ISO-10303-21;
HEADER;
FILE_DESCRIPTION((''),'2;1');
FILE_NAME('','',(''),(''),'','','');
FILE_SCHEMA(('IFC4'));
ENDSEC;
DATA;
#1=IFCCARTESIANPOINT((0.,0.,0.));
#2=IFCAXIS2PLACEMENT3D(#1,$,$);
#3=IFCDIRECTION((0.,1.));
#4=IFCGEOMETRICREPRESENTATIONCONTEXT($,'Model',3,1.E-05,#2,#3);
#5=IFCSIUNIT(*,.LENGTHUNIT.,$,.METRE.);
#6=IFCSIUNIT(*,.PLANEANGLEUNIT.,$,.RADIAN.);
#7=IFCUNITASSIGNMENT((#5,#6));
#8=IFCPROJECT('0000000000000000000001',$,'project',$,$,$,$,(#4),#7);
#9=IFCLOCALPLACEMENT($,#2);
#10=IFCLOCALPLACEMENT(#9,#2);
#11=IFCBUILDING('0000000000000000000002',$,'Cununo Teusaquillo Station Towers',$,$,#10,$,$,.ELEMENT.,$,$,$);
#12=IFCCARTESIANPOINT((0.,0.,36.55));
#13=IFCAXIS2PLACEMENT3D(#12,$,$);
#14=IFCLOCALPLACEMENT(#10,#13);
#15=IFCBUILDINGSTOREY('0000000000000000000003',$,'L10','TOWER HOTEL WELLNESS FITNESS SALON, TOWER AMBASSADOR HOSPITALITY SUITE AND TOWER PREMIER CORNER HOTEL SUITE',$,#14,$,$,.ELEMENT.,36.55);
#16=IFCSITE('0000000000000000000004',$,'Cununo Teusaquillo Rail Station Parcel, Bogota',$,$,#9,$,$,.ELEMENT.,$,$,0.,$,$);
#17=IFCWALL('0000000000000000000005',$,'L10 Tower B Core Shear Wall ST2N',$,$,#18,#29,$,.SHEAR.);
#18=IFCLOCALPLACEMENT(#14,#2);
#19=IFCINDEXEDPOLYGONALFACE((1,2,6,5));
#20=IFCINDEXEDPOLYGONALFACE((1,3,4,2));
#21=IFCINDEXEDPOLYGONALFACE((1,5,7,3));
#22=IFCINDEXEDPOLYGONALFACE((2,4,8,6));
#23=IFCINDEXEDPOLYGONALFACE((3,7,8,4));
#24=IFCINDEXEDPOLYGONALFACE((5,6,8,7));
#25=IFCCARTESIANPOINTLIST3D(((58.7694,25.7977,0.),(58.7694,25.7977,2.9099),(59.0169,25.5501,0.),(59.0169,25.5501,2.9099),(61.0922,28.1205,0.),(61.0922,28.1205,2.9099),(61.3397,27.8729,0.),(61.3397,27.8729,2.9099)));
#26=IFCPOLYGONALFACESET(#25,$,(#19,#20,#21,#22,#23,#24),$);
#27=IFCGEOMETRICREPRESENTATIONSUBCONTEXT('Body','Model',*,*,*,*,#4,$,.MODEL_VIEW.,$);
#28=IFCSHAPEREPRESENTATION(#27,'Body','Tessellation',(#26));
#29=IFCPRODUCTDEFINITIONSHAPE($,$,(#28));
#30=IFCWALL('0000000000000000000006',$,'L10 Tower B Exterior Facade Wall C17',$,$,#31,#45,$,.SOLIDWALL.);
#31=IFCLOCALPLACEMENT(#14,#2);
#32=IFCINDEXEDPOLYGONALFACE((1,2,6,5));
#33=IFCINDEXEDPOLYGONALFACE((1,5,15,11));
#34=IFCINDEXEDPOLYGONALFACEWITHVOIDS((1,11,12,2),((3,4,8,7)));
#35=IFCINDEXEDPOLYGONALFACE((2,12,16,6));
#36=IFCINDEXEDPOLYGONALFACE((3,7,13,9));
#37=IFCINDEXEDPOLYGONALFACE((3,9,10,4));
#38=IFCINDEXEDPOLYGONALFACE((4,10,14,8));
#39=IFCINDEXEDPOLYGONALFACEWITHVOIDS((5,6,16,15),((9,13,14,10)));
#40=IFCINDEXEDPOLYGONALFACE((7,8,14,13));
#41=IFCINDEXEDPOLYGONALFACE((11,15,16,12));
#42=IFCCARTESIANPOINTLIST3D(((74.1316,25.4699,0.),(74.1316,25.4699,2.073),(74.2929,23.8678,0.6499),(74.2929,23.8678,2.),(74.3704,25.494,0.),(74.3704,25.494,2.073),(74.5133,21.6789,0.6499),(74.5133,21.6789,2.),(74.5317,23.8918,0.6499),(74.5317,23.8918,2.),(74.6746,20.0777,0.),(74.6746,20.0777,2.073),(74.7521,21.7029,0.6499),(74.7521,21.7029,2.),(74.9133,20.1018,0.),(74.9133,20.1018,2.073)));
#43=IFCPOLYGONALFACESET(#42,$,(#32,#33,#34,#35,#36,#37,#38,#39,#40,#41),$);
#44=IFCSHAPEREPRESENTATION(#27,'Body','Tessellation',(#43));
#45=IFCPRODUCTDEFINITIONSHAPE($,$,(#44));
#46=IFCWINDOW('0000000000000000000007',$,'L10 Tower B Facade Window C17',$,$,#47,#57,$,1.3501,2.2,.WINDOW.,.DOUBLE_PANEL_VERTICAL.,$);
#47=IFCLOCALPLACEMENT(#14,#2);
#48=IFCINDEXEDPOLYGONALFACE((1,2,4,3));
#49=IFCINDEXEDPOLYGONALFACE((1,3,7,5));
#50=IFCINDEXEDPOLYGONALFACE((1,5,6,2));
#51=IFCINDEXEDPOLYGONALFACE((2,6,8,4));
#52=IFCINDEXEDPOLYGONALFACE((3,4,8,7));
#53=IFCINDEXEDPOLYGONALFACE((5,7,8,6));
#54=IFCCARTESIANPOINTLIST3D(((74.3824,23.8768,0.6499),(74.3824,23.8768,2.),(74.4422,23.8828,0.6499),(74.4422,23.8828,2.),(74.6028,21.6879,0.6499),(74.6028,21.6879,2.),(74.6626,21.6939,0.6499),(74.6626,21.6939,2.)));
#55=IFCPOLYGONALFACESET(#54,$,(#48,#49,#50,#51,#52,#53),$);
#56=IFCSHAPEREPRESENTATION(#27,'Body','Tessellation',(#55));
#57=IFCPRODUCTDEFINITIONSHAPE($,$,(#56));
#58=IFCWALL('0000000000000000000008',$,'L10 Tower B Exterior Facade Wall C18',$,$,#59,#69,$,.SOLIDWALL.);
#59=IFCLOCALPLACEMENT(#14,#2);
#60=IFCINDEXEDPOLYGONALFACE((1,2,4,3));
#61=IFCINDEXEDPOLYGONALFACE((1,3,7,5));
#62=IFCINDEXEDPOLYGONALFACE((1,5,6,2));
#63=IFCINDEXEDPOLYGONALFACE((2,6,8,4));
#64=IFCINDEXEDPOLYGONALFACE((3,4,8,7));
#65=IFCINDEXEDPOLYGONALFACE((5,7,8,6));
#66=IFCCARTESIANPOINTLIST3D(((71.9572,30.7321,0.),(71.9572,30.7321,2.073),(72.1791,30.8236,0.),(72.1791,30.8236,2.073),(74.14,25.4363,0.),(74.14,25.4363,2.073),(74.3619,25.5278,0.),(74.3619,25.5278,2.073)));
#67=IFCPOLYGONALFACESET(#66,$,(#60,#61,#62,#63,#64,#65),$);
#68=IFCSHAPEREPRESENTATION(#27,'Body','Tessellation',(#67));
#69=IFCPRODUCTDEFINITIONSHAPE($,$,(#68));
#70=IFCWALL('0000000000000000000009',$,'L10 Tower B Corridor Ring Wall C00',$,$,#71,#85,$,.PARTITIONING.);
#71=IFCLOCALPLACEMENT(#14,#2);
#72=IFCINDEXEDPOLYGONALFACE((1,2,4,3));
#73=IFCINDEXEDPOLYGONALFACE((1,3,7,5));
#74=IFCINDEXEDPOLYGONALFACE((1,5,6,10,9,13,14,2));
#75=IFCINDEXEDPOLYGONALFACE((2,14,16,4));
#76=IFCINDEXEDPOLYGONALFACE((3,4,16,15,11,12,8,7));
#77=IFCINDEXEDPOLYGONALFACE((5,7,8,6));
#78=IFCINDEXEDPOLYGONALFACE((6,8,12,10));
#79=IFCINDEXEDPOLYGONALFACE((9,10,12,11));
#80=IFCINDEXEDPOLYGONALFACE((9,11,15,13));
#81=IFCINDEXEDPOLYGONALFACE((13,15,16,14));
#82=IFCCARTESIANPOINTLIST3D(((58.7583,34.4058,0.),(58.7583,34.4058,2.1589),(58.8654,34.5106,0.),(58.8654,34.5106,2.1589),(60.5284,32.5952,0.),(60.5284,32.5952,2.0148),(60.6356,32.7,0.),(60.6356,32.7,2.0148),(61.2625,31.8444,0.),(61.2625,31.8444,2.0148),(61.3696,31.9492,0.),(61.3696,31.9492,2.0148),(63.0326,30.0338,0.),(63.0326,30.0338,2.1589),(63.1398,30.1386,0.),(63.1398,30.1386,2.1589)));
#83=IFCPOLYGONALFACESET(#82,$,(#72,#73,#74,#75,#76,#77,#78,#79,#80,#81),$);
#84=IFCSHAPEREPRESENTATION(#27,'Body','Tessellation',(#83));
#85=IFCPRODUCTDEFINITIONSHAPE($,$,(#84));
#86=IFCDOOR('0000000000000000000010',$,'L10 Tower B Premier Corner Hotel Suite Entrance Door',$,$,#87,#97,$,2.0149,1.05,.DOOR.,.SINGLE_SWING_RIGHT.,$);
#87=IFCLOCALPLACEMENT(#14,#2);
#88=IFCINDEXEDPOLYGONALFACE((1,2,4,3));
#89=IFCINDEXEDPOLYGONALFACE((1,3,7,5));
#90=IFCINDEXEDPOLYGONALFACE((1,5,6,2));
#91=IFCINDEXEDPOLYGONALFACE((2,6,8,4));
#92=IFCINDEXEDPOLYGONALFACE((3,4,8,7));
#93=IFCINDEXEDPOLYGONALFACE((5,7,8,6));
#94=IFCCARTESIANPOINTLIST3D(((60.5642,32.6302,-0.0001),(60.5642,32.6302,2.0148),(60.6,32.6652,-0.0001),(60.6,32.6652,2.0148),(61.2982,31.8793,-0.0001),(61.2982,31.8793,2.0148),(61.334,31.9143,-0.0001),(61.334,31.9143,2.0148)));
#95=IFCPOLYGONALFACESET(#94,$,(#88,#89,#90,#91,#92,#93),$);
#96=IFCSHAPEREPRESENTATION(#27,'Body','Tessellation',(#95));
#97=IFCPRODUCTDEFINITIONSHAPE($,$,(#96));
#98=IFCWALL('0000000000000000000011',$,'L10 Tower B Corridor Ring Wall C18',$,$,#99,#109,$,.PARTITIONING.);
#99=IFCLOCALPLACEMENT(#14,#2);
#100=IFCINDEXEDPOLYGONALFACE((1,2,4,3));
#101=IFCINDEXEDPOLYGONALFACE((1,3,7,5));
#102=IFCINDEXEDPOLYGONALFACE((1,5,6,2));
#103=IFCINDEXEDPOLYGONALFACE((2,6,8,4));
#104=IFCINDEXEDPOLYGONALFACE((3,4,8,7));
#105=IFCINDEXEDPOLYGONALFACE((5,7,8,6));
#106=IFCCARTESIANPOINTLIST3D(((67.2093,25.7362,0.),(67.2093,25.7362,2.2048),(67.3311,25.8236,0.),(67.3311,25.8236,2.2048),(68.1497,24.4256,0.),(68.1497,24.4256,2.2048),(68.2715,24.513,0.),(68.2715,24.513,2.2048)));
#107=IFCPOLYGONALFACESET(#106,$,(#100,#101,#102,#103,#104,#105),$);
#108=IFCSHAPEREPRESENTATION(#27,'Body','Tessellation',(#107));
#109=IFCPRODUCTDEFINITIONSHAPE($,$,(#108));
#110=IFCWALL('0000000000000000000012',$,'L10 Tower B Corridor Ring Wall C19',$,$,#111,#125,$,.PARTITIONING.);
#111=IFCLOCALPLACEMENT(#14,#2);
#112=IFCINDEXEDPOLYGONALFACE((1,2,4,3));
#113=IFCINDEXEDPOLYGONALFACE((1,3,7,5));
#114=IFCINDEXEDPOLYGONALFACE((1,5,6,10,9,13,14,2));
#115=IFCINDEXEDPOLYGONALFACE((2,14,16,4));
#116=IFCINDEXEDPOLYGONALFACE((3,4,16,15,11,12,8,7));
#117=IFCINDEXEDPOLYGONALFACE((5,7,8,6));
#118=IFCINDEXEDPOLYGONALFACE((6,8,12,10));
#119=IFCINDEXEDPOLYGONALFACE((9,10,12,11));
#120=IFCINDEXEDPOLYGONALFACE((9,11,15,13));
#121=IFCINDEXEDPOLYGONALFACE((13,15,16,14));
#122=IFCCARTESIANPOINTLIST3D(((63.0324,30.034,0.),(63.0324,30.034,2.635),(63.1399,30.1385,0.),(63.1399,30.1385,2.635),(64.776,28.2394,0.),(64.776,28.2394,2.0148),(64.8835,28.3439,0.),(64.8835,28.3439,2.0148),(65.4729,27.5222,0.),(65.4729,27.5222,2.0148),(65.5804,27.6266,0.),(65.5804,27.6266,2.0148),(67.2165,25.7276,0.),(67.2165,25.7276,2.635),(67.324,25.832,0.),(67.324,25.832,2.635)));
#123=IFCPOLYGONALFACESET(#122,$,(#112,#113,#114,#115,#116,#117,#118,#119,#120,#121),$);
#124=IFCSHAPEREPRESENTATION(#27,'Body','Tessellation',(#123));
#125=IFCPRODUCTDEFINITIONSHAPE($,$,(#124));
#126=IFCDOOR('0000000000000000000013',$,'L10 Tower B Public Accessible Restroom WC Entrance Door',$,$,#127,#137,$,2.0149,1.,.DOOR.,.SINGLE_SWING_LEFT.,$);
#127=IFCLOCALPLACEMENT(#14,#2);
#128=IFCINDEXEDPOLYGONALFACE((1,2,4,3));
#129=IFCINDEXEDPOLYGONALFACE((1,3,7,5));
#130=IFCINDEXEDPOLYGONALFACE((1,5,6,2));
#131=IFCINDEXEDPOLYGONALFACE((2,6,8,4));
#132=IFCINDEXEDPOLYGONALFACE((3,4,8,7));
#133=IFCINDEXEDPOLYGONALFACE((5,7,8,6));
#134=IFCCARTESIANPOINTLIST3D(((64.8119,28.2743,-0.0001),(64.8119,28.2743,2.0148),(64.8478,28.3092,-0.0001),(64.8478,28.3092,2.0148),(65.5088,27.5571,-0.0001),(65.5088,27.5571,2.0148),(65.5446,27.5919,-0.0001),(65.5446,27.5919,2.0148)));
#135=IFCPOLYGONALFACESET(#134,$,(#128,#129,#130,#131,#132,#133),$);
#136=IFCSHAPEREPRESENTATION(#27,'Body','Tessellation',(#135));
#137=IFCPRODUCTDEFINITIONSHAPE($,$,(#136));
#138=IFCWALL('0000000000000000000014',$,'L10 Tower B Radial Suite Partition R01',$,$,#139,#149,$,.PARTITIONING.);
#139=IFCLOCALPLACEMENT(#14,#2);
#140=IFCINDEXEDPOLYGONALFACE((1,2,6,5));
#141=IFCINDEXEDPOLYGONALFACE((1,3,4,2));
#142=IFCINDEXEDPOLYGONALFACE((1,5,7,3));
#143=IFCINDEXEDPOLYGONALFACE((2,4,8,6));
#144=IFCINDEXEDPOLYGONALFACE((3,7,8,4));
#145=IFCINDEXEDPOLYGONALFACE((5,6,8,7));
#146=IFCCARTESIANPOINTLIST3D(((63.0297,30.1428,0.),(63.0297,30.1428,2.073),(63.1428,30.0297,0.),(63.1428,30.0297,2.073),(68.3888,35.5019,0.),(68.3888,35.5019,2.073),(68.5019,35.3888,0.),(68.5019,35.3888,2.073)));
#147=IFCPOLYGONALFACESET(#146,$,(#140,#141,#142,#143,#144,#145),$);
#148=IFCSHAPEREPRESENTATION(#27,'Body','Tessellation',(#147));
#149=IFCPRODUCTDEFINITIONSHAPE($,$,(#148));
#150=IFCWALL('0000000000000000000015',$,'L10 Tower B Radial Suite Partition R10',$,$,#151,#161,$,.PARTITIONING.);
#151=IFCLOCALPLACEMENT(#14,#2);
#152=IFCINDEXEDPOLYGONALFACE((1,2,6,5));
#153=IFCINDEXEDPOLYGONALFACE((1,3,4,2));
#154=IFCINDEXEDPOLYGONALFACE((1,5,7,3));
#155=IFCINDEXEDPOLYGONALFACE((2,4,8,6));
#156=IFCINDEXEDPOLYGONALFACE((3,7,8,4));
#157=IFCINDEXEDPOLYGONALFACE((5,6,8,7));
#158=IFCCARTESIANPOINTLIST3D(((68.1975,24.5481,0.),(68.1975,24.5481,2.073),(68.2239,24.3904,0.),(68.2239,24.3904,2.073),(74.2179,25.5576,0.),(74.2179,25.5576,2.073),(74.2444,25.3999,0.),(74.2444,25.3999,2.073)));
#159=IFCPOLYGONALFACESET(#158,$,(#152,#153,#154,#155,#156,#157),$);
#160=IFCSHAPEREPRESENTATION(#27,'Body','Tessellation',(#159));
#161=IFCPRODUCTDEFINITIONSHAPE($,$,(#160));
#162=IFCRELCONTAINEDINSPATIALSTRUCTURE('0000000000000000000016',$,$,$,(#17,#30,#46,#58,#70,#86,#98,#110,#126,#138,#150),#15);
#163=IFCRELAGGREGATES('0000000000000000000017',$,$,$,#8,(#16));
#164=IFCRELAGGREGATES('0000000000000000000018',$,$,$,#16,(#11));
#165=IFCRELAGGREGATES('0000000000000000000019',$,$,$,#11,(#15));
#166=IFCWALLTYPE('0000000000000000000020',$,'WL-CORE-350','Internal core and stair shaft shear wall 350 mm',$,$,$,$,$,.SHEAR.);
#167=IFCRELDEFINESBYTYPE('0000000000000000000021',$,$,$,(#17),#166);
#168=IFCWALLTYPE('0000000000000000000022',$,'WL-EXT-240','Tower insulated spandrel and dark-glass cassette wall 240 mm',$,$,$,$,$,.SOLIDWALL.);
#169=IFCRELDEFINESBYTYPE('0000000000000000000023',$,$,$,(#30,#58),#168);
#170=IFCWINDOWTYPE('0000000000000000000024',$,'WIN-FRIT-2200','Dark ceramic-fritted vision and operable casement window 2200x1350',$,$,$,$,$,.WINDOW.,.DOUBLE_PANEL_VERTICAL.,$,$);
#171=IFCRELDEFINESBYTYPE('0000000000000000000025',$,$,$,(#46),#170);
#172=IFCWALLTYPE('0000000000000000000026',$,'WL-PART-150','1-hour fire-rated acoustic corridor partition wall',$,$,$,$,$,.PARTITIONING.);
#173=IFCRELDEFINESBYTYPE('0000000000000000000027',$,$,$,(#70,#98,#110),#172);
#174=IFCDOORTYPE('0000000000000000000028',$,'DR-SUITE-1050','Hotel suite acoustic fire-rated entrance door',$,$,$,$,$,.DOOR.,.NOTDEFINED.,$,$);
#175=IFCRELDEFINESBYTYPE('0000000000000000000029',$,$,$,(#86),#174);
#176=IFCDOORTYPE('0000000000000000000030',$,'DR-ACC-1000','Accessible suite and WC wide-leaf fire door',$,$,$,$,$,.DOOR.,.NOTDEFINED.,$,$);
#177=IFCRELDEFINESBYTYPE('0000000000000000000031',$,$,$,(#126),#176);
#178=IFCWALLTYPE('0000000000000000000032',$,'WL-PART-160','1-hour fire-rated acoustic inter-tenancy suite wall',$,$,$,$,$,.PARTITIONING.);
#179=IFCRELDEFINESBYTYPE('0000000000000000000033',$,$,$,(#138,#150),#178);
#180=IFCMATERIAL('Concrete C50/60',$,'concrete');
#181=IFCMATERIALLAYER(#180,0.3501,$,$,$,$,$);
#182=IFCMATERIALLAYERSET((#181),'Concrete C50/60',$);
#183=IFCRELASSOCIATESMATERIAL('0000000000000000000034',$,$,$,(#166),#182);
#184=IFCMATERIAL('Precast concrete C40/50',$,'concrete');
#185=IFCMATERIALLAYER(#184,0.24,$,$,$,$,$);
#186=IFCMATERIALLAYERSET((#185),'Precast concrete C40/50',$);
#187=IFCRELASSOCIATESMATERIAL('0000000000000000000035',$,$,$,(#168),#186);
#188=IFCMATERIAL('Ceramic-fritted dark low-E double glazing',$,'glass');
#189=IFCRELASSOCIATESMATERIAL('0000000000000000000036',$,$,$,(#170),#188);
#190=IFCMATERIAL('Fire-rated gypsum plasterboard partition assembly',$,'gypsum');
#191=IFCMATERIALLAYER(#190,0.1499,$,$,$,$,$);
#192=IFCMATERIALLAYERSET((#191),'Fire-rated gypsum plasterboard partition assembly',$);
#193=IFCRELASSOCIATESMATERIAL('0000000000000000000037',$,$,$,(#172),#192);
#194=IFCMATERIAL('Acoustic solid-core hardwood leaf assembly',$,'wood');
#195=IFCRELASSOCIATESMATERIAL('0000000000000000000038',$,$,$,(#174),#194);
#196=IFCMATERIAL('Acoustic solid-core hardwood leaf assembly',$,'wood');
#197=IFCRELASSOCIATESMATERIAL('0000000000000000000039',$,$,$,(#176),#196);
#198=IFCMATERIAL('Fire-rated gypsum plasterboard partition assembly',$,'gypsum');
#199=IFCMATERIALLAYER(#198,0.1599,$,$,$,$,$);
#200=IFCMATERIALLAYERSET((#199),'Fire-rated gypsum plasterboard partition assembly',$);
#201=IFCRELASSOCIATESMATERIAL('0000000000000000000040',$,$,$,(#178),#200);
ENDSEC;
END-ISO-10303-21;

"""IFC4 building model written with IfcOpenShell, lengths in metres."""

from ifc_helpers import new_model, si_unit, direction, frame, frame_2d, origin, place, context, subcontext, project, spatial, rectangle, extrude, source, transform, mapped, material, layer, layer_set, type_object, element, fill, save


model = new_model("IFC4")

# Units and contexts
model_context = context("Model", 3, precision=1e-05, world=origin(), true_north=direction((0.0, 1.0)))
body_context = subcontext(model_context, "Body", "Model", "MODEL_VIEW")
ifc_project = project(units=[si_unit("LENGTHUNIT", "METRE"), si_unit("PLANEANGLEUNIT", "RADIAN")], contexts=[model_context])

# Site, building, storey
site_placement = place(None, origin())
site = spatial("IfcSite", under=ifc_project, at=site_placement, Name="Cununo Teusaquillo Rail Station Parcel, Bogota", CompositionType="ELEMENT", RefElevation=0.0)
building_placement = place(site_placement, origin())
building = spatial("IfcBuilding", under=site, at=building_placement, Name="Cununo Teusaquillo Station Towers", CompositionType="ELEMENT")
storey_placement = place(building_placement, frame((0.0, 0.0, 36.55)))
storey = spatial("IfcBuildingStorey", under=building, at=storey_placement, Name="L10", Description="TOWER HOTEL WELLNESS FITNESS SALON, TOWER AMBASSADOR HOSPITALITY SUITE AND TOWER PREMIER CORNER HOTEL SUITE", CompositionType="ELEMENT", Elevation=36.55)

# Wall
ifc_material_1 = material(Name="Concrete C50/60", Category="concrete")
ifc_layer_1 = layer(ifc_material_1, 0.3501)
ifc_layer_set_1 = layer_set([ifc_layer_1], Name="Concrete C50/60")
wall_type_1 = type_object("IfcWallType", Name="WL-CORE-350", Description="Internal core and stair shaft shear wall 350 mm", PredefinedType="SHEAR", material=ifc_layer_set_1)
wall_1_placement = place(storey_placement, frame((58.8931, 25.6738, 0.0), z_axis=(0.0, 0.0, 1.0), x_axis=(0.707107, 0.707107, 0.0)))
element("IfcWall", 1, at=wall_1_placement, inside=storey, type_object=wall_type_1, Name="L10 Tower B Core Shear Wall ST2N", PredefinedType="SHEAR", context=body_context, shape_type="SweptSolid", body=[
    extrude(rectangle(XDim=3.2849, YDim=0.3501, at=frame_2d((1.6426, 0.0))), origin(), (0.0, 0.0, 1.0), 2.9099),
])

# Wall, opening, window
ifc_material_2 = material(Name="Precast concrete C40/50", Category="concrete")
ifc_layer_2 = layer(ifc_material_2, 0.24)
ifc_layer_set_2 = layer_set([ifc_layer_2], Name="Precast concrete C40/50")
wall_type_2 = type_object("IfcWallType", Name="WL-EXT-240", Description="Tower insulated spandrel and dark-glass cassette wall 240 mm", PredefinedType="SOLIDWALL", material=ifc_layer_set_2)
wall_2_placement = place(storey_placement, frame((74.251, 25.4819, 0.0), z_axis=(0.0, 0.0, 1.0), x_axis=(0.100191, -0.994968, 0.0)))
wall_2 = element("IfcWall", 2, at=wall_2_placement, inside=storey, type_object=wall_type_2, Name="L10 Tower B Exterior Facade Wall C17", PredefinedType="SOLIDWALL", context=body_context, shape_type="SweptSolid", body=[
    extrude(rectangle(XDim=5.4194, YDim=0.24, at=frame_2d((2.7097, 0.0))), origin(), (0.0, 0.0, 1.0), 2.073),
])
shared_shape_1 = source(origin(), body_context, "Body", "SweptSolid", [
    extrude(rectangle(XDim=2.2, YDim=1.3501, at=frame_2d((1.1001, 0.675))), frame((0.0, 0.1299, 0.0), z_axis=(0.0, -1.0, 0.0), x_axis=(1.0, 0.0, 0.0)), (0.0, 0.0, 1.0), 0.26),
])
opening_1_placement = place(wall_2_placement, frame((1.6101, 0.0, 0.6499)))
opening_1 = element("IfcOpeningElement", 3, at=opening_1_placement, cuts=wall_2, PredefinedType="OPENING", context=body_context, shape_type="MappedRepresentation", body=[
    mapped(shared_shape_1, transform((0.0, 0.0, 0.0), x_axis=(1.0, 0.0, 0.0), y_axis=(0.0, 1.0, 0.0), z_axis=(0.0, 0.0, 1.0), scale=1.0)),
])
ifc_material_3 = material(Name="Ceramic-fritted dark low-E double glazing", Category="glass")
window_type = type_object("IfcWindowType", Name="WIN-FRIT-2200", Description="Dark ceramic-fritted vision and operable casement window 2200x1350", PartitioningType="DOUBLE_PANEL_VERTICAL", PredefinedType="WINDOW", material=ifc_material_3)
shared_shape_2 = source(origin(), body_context, "Body", "SweptSolid", [
    extrude(rectangle(XDim=2.2, YDim=1.3501, at=frame_2d((1.1001, 0.675))), frame((0.0, 0.03, 0.0), z_axis=(0.0, -1.0, 0.0), x_axis=(1.0, 0.0, 0.0)), (0.0, 0.0, 1.0), 0.0601),
])
window_placement = place(opening_1_placement, origin())
window = element("IfcWindow", 4, at=window_placement, inside=storey, type_object=window_type, Name="L10 Tower B Facade Window C17", OverallHeight=1.3501, OverallWidth=2.2, PartitioningType="DOUBLE_PANEL_VERTICAL", PredefinedType="WINDOW", context=body_context, shape_type="MappedRepresentation", body=[
    mapped(shared_shape_2, transform((0.0, 0.0, 0.0), x_axis=(1.0, 0.0, 0.0), y_axis=(0.0, 1.0, 0.0), z_axis=(0.0, 0.0, 1.0), scale=1.0)),
])
fill(opening_1, window)

# Wall
wall_3_placement = place(storey_placement, frame((72.0681, 30.7778, 0.0), z_axis=(0.0, 0.0, 1.0), x_axis=(0.381078, -0.924543, 0.0)))
element("IfcWall", 5, at=wall_3_placement, inside=storey, type_object=wall_type_2, Name="L10 Tower B Exterior Facade Wall C18", PredefinedType="SOLIDWALL", context=body_context, shape_type="SweptSolid", body=[
    extrude(rectangle(XDim=5.728, YDim=0.24, at=frame_2d((2.864, 0.0))), origin(), (0.0, 0.0, 1.0), 2.073),
])

# Wall, opening, door
ifc_material_4 = material(Name="Fire-rated gypsum plasterboard partition assembly", Category="gypsum")
ifc_layer_3 = layer(ifc_material_4, 0.1499)
ifc_layer_set_3 = layer_set([ifc_layer_3], Name="Fire-rated gypsum plasterboard partition assembly")
wall_type_3 = type_object("IfcWallType", Name="WL-PART-150", Description="1-hour fire-rated acoustic corridor partition wall", PredefinedType="PARTITIONING", material=ifc_layer_set_3)
wall_4_placement = place(storey_placement, frame((63.0862, 30.0862, 0.0), z_axis=(0.0, 0.0, 1.0), x_axis=(-0.699076, 0.715047, 0.0)))
wall_4 = element("IfcWall", 6, at=wall_4_placement, inside=storey, type_object=wall_type_3, Name="L10 Tower B Corridor Ring Wall C00", PredefinedType="PARTITIONING", context=body_context, shape_type="SweptSolid", body=[
    extrude(rectangle(XDim=6.1143, YDim=0.1499, at=frame_2d((3.0571, 0.0))), origin(), (0.0, 0.0, 1.0), 2.1589),
])
shared_shape_3 = source(origin(), body_context, "Body", "SweptSolid", [
    extrude(rectangle(XDim=1.05, YDim=2.0149, at=frame_2d((0.5249, 1.0073))), frame((0.0, 0.085, 0.0), z_axis=(0.0, -1.0, 0.0), x_axis=(1.0, 0.0, 0.0)), (0.0, 0.0, 1.0), 0.1699),
])
opening_2_placement = place(wall_4_placement, frame((2.5322, 0.0, 0.0)))
opening_2 = element("IfcOpeningElement", 7, at=opening_2_placement, cuts=wall_4, PredefinedType="OPENING", context=body_context, shape_type="MappedRepresentation", body=[
    mapped(shared_shape_3, transform((0.0, 0.0, 0.0), x_axis=(1.0, 0.0, 0.0), y_axis=(0.0, 1.0, 0.0), z_axis=(0.0, 0.0, 1.0), scale=1.0)),
])
ifc_material_5 = material(Name="Acoustic solid-core hardwood leaf assembly", Category="wood")
door_type_1 = type_object("IfcDoorType", Name="DR-SUITE-1050", Description="Hotel suite acoustic fire-rated entrance door", OperationType="NOTDEFINED", PredefinedType="DOOR", material=ifc_material_5)
shared_shape_4 = source(origin(), body_context, "Body", "SweptSolid", [
    extrude(rectangle(XDim=1.05, YDim=2.0149, at=frame_2d((0.5249, 1.0073))), frame((0.0, 0.0249, 0.0), z_axis=(0.0, -1.0, 0.0), x_axis=(1.0, 0.0, 0.0)), (0.0, 0.0, 1.0), 0.05),
])
door_1_placement = place(opening_2_placement, origin())
door_1 = element("IfcDoor", 8, at=door_1_placement, inside=storey, type_object=door_type_1, Name="L10 Tower B Premier Corner Hotel Suite Entrance Door", OperationType="SINGLE_SWING_RIGHT", OverallHeight=2.0149, OverallWidth=1.05, PredefinedType="DOOR", context=body_context, shape_type="MappedRepresentation", body=[
    mapped(shared_shape_4, transform((0.0, 0.0, 0.0), x_axis=(1.0, 0.0, 0.0), y_axis=(0.0, 1.0, 0.0), z_axis=(0.0, 0.0, 1.0), scale=1.0)),
])
fill(opening_2, door_1)

# Wall
wall_5_placement = place(storey_placement, frame((68.2107, 24.4692, 0.0), z_axis=(0.0, 0.0, 1.0), x_axis=(-0.583012, 0.812463, 0.0)))
element("IfcWall", 9, at=wall_5_placement, inside=storey, type_object=wall_type_3, Name="L10 Tower B Corridor Ring Wall C18", PredefinedType="PARTITIONING", context=body_context, shape_type="SweptSolid", body=[
    extrude(rectangle(XDim=1.613, YDim=0.1499, at=frame_2d((0.8066, 0.0))), origin(), (0.0, 0.0, 1.0), 2.2048),
])

# Wall, opening, door
wall_6_placement = place(storey_placement, frame((67.2703, 25.7798, 0.0), z_axis=(0.0, 0.0, 1.0), x_axis=(-0.696848, 0.717219, 0.0)))
wall_6 = element("IfcWall", 10, at=wall_6_placement, inside=storey, type_object=wall_type_3, Name="L10 Tower B Corridor Ring Wall C19", PredefinedType="PARTITIONING", context=body_context, shape_type="SweptSolid", body=[
    extrude(rectangle(XDim=6.0044, YDim=0.1499, at=frame_2d((3.0022, 0.0))), origin(), (0.0, 0.0, 1.0), 2.635),
])
shared_shape_5 = source(origin(), body_context, "Body", "SweptSolid", [
    extrude(rectangle(XDim=1.0, YDim=2.0149, at=frame_2d((0.5, 1.0073))), frame((0.0, 0.085, 0.0), z_axis=(0.0, -1.0, 0.0), x_axis=(1.0, 0.0, 0.0)), (0.0, 0.0, 1.0), 0.1699),
])
opening_3_placement = place(wall_6_placement, frame((2.5022, 0.0, 0.0)))
opening_3 = element("IfcOpeningElement", 11, at=opening_3_placement, cuts=wall_6, PredefinedType="OPENING", context=body_context, shape_type="MappedRepresentation", body=[
    mapped(shared_shape_5, transform((0.0, 0.0, 0.0), x_axis=(1.0, 0.0, 0.0), y_axis=(0.0, 1.0, 0.0), z_axis=(0.0, 0.0, 1.0), scale=1.0)),
])
ifc_material_6 = material(Name="Acoustic solid-core hardwood leaf assembly", Category="wood")
door_type_2 = type_object("IfcDoorType", Name="DR-ACC-1000", Description="Accessible suite and WC wide-leaf fire door", OperationType="NOTDEFINED", PredefinedType="DOOR", material=ifc_material_6)
shared_shape_6 = source(origin(), body_context, "Body", "SweptSolid", [
    extrude(rectangle(XDim=1.0, YDim=2.0149, at=frame_2d((0.5, 1.0073))), frame((0.0, 0.0249, 0.0), z_axis=(0.0, -1.0, 0.0), x_axis=(1.0, 0.0, 0.0)), (0.0, 0.0, 1.0), 0.05),
])
door_2_placement = place(opening_3_placement, origin())
door_2 = element("IfcDoor", 12, at=door_2_placement, inside=storey, type_object=door_type_2, Name="L10 Tower B Public Accessible Restroom WC Entrance Door", OperationType="SINGLE_SWING_LEFT", OverallHeight=2.0149, OverallWidth=1.0, PredefinedType="DOOR", context=body_context, shape_type="MappedRepresentation", body=[
    mapped(shared_shape_6, transform((0.0, 0.0, 0.0), x_axis=(1.0, 0.0, 0.0), y_axis=(0.0, 1.0, 0.0), z_axis=(0.0, 0.0, 1.0), scale=1.0)),
])
fill(opening_3, door_2)

# Walls
ifc_material_7 = material(Name="Fire-rated gypsum plasterboard partition assembly", Category="gypsum")
ifc_layer_4 = layer(ifc_material_7, 0.1599)
ifc_layer_set_4 = layer_set([ifc_layer_4], Name="Fire-rated gypsum plasterboard partition assembly")
wall_type_4 = type_object("IfcWallType", Name="WL-PART-160", Description="1-hour fire-rated acoustic inter-tenancy suite wall", PredefinedType="PARTITIONING", material=ifc_layer_set_4)
wall_7_placement = place(storey_placement, frame((63.0862, 30.0862, 0.0), z_axis=(0.0, 0.0, 1.0), x_axis=(0.707107, 0.707107, 0.0)))
element("IfcWall", 13, at=wall_7_placement, inside=storey, type_object=wall_type_4, Name="L10 Tower B Radial Suite Partition R01", PredefinedType="PARTITIONING", context=body_context, shape_type="SweptSolid", body=[
    extrude(rectangle(XDim=7.5789, YDim=0.1599, at=frame_2d((3.7896, 0.0))), origin(), (0.0, 0.0, 1.0), 2.073),
])
wall_8_placement = place(storey_placement, frame((68.2107, 24.4692, 0.0), z_axis=(0.0, 0.0, 1.0), x_axis=(0.986231, 0.165372, 0.0)))
element("IfcWall", 14, at=wall_8_placement, inside=storey, type_object=wall_type_4, Name="L10 Tower B Radial Suite Partition R10", PredefinedType="PARTITIONING", context=body_context, shape_type="SweptSolid", body=[
    extrude(rectangle(XDim=6.1045, YDim=0.1599, at=frame_2d((3.0522, 0.0))), origin(), (0.0, 0.0, 1.0), 2.073),
])

save(model, "model.ifc")
